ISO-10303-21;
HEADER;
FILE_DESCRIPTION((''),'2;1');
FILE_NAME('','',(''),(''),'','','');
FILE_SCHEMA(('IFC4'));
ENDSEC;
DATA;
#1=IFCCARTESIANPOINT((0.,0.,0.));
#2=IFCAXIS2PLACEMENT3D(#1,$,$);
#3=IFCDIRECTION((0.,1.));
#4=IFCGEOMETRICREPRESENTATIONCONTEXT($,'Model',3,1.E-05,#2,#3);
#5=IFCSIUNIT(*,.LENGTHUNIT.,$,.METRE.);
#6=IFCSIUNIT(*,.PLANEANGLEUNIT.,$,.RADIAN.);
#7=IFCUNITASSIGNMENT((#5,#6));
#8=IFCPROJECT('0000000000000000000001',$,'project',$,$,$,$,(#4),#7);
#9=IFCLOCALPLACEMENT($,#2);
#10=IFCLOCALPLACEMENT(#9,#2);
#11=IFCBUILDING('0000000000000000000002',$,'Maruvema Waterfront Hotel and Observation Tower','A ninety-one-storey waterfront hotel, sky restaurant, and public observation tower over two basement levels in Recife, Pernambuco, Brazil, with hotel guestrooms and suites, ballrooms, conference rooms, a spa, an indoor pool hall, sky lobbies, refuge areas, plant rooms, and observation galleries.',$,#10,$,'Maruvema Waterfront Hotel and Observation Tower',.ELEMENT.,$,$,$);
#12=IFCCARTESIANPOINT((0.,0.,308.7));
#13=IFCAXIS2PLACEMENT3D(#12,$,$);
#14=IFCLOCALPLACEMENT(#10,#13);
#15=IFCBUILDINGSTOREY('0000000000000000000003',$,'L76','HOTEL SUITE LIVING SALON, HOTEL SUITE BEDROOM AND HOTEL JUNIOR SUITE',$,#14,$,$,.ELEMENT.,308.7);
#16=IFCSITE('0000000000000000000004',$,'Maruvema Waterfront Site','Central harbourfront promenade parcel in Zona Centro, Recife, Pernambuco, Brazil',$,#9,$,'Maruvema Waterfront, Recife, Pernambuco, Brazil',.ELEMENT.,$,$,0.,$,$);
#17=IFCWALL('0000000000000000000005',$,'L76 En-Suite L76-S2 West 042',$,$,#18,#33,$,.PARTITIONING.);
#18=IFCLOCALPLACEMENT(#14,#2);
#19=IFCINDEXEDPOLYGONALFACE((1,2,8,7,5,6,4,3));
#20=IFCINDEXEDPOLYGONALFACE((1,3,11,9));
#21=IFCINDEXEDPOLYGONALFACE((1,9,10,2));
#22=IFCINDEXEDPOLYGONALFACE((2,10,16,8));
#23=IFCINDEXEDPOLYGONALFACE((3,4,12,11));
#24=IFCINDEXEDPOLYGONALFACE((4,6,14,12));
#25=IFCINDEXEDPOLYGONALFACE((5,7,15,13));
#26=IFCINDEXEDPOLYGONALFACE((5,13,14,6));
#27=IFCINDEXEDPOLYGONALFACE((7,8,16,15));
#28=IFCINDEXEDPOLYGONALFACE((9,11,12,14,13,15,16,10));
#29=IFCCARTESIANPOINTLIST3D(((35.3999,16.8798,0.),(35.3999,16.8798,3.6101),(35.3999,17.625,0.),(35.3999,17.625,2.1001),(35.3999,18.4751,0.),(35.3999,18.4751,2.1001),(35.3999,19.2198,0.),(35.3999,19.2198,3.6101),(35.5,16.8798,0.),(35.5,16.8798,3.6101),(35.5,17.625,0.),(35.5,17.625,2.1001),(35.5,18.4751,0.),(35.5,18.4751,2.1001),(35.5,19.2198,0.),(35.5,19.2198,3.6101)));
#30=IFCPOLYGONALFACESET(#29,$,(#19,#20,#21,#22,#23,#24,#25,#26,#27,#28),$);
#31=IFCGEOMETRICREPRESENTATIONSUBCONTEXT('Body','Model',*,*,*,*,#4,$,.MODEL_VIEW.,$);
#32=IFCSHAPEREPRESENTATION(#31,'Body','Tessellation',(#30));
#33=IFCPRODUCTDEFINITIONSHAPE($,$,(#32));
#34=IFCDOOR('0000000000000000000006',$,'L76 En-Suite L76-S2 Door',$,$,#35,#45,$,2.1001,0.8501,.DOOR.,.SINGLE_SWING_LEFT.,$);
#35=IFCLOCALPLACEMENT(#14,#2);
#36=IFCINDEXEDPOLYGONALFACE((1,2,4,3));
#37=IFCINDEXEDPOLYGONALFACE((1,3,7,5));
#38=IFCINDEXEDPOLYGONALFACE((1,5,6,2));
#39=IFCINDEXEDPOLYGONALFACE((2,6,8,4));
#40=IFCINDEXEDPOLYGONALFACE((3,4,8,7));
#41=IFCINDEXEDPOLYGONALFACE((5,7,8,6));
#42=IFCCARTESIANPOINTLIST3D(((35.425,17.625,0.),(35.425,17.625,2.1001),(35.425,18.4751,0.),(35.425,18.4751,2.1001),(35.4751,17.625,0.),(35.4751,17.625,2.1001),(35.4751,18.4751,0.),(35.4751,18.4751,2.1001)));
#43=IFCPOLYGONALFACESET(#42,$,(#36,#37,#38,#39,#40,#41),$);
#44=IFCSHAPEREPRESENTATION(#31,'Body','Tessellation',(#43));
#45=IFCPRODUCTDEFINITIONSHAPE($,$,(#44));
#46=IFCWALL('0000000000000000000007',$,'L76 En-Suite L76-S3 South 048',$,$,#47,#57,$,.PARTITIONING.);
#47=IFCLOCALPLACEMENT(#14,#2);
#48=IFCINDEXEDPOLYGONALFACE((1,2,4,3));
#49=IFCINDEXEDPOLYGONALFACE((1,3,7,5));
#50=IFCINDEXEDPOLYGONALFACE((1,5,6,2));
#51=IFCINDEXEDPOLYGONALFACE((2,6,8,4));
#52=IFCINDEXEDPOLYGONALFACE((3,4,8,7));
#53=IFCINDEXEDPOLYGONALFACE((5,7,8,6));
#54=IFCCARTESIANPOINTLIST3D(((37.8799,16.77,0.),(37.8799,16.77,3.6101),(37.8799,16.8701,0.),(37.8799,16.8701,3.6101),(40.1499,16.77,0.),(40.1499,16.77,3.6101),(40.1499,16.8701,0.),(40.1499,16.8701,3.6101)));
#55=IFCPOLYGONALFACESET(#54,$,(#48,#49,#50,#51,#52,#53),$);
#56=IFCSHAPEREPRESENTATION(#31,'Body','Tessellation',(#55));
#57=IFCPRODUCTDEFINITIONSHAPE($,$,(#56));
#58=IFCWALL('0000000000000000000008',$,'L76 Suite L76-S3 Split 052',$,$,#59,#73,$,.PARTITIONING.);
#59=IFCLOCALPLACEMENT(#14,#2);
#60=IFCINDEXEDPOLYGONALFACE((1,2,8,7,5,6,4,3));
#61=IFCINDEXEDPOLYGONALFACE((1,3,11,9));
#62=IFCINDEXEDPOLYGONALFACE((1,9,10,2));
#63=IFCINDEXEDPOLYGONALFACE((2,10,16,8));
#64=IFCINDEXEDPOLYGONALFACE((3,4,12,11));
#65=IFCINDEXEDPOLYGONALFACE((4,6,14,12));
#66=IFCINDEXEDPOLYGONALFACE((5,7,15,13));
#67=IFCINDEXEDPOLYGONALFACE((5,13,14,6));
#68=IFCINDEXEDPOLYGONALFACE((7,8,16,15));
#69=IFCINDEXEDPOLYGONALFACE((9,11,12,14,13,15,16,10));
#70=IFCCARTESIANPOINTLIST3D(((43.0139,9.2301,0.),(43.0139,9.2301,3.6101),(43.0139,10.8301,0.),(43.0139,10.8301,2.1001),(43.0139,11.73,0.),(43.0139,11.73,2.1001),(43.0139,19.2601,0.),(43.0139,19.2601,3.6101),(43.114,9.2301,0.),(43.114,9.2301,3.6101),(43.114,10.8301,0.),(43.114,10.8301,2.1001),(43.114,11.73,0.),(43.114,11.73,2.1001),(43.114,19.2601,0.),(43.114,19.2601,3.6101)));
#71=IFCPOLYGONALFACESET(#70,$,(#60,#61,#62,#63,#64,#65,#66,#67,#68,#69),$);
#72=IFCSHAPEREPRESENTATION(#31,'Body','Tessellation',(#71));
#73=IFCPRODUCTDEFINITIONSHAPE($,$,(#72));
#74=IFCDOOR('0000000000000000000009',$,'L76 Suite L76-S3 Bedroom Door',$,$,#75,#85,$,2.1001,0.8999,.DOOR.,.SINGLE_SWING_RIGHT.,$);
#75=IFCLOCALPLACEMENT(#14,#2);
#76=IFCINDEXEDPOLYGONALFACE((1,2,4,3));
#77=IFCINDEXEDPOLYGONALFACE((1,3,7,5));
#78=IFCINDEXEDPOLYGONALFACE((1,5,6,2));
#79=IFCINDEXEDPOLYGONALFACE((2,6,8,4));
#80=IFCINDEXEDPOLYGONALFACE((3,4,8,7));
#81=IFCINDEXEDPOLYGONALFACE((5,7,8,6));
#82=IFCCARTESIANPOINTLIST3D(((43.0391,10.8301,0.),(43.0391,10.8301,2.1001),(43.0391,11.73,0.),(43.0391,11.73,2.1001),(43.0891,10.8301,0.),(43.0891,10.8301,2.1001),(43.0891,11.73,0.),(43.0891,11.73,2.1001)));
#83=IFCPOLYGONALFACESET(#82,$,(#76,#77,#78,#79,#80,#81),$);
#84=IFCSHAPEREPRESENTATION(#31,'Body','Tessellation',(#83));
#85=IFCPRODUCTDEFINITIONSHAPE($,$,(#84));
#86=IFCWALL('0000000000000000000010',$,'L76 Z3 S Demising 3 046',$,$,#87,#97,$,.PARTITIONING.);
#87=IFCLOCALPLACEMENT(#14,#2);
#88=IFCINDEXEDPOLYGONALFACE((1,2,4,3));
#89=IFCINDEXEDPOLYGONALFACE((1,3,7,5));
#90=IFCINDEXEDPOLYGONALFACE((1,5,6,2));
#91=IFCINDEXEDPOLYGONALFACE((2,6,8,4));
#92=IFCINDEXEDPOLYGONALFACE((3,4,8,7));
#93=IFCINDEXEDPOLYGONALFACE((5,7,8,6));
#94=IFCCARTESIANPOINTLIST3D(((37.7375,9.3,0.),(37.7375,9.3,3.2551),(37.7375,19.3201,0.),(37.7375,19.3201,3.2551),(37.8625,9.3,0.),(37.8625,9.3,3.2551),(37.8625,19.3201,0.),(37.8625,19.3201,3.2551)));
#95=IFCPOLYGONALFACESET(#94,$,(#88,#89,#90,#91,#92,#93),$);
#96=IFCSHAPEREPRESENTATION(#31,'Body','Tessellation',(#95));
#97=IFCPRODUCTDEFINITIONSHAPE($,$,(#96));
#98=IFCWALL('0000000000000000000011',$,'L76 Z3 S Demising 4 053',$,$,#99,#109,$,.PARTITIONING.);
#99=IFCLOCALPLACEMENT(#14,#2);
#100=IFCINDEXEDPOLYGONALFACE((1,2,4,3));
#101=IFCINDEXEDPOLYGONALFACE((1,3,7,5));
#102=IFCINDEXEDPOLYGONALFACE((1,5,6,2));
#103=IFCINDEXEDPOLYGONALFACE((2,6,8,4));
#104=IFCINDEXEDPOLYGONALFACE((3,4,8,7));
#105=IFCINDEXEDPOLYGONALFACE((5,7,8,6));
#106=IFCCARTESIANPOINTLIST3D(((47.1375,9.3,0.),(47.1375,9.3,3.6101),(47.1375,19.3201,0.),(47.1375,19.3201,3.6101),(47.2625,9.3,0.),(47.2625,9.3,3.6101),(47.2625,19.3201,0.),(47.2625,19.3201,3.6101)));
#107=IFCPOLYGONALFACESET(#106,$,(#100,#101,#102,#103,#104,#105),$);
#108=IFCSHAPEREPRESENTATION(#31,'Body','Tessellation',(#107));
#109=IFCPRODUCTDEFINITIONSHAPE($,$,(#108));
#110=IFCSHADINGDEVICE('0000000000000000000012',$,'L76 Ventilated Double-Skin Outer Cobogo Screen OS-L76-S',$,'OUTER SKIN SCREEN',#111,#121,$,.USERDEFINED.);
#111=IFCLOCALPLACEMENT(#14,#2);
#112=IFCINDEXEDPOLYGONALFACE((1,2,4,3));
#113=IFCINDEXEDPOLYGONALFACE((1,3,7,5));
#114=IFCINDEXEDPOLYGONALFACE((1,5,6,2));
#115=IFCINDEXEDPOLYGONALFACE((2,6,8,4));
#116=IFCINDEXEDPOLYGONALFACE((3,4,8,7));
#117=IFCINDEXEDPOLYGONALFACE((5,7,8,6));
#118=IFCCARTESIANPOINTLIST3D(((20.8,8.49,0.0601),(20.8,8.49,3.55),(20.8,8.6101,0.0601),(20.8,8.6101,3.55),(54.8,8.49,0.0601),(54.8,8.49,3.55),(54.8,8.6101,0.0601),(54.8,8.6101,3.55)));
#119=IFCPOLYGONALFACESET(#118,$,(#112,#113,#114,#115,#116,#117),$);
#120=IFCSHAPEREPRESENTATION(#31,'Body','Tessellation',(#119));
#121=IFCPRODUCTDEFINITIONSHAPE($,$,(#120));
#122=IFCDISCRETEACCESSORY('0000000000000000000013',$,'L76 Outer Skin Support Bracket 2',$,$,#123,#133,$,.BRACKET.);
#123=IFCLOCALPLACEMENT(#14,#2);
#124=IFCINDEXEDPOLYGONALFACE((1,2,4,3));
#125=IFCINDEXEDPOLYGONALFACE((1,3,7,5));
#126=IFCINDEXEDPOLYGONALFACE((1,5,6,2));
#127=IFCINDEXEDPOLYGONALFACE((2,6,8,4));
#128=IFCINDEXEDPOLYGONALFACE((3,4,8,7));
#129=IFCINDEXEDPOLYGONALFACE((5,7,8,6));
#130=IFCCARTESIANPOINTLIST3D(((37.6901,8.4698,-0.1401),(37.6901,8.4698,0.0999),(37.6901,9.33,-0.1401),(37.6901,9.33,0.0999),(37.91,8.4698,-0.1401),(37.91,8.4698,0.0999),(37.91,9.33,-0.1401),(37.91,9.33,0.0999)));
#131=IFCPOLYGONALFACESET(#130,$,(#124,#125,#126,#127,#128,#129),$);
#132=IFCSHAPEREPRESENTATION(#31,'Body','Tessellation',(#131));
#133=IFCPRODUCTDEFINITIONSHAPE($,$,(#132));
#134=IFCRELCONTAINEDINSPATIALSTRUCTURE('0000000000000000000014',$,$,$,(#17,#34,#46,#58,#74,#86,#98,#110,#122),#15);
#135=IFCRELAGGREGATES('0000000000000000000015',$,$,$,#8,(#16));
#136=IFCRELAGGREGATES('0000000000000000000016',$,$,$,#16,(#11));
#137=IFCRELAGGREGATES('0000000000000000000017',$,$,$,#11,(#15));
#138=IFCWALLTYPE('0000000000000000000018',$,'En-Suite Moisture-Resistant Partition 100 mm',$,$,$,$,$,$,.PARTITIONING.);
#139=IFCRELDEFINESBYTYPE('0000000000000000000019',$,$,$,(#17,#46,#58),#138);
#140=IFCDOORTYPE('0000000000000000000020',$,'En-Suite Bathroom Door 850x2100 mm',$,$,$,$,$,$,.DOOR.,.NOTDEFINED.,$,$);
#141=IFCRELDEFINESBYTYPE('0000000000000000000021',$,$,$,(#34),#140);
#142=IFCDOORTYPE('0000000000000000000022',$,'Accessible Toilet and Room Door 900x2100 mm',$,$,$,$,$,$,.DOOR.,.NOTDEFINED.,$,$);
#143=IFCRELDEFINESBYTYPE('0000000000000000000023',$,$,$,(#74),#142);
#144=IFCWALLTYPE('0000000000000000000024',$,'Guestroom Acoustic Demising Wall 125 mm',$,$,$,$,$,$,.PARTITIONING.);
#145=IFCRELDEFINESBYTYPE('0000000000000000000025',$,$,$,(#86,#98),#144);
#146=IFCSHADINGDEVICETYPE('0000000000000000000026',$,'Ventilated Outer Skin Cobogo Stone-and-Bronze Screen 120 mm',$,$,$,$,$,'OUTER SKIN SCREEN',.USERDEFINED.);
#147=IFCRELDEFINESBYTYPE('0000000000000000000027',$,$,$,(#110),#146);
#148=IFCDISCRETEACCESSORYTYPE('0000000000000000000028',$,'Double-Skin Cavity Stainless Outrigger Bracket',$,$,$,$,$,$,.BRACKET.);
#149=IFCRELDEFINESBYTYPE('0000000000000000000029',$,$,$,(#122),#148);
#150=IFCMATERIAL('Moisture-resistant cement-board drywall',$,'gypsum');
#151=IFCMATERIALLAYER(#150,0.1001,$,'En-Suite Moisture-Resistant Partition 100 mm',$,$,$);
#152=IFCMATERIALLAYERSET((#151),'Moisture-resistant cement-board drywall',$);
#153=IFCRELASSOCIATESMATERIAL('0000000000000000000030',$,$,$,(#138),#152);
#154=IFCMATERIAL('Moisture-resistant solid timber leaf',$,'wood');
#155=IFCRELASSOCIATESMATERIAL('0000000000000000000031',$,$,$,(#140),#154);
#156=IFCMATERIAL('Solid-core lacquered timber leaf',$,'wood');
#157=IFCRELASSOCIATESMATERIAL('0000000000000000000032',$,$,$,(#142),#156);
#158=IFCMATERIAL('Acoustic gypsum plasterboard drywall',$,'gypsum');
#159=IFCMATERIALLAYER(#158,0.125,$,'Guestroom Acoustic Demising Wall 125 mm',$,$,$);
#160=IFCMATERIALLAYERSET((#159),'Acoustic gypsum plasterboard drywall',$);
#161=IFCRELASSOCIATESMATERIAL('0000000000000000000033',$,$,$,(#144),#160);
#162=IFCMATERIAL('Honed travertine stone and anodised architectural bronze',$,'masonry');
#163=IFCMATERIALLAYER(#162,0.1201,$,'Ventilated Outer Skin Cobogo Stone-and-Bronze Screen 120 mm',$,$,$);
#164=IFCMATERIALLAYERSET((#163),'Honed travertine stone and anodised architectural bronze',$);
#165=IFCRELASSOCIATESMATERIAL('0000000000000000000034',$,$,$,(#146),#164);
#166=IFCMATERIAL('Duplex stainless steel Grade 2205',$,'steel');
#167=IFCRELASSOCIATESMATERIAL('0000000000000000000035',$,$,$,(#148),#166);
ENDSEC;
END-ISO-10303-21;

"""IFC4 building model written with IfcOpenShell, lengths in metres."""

from ifc_helpers import new_model, si_unit, direction, frame, frame_2d, origin, origin_2d, place, context, subcontext, project, spatial, rectangle, extrude, material, layer, layer_set, type_object, element, fill, save


model = new_model("IFC4")

# Units and contexts
model_context = context("Model", 3, precision=1e-05, world=origin(), true_north=direction((0.0, 1.0)))
body_context = subcontext(model_context, "Body", "Model", "MODEL_VIEW")
ifc_project = project(units=[si_unit("LENGTHUNIT", "METRE"), si_unit("PLANEANGLEUNIT", "RADIAN")], contexts=[model_context])

# Site, building, storey
site_placement = place(None, origin())
site = spatial("IfcSite", under=ifc_project, at=site_placement, Name="Maruvema Waterfront Site", Description="Central harbourfront promenade parcel in Zona Centro, Recife, Pernambuco, Brazil", LongName="Maruvema Waterfront, Recife, Pernambuco, Brazil", CompositionType="ELEMENT", RefElevation=0.0)
building_placement = place(site_placement, origin())
building = spatial("IfcBuilding", under=site, at=building_placement, Name="Maruvema Waterfront Hotel and Observation Tower", Description="A ninety-one-storey waterfront hotel, sky restaurant, and public observation tower over two basement levels in Recife, Pernambuco, Brazil, with hotel guestrooms and suites, ballrooms, conference rooms, a spa, an indoor pool hall, sky lobbies, refuge areas, plant rooms, and observation galleries.", LongName="Maruvema Waterfront Hotel and Observation Tower", CompositionType="ELEMENT")
storey_placement = place(building_placement, frame((0.0, 0.0, 308.7)))
storey = spatial("IfcBuildingStorey", under=building, at=storey_placement, Name="L76", Description="HOTEL SUITE LIVING SALON, HOTEL SUITE BEDROOM AND HOTEL JUNIOR SUITE", CompositionType="ELEMENT", Elevation=308.7)

# Shared definitions
ifc_material_1 = material(Name="Moisture-resistant cement-board drywall", Category="gypsum")
ifc_layer_1 = layer(ifc_material_1, 0.1001, Name="En-Suite Moisture-Resistant Partition 100 mm")
ifc_layer_set_1 = layer_set([ifc_layer_1], Name="Moisture-resistant cement-board drywall")
wall_type_1 = type_object("IfcWallType", Name="En-Suite Moisture-Resistant Partition 100 mm", PredefinedType="PARTITIONING", material=ifc_layer_set_1)

# Wall, opening, door
wall_1_placement = place(storey_placement, frame((35.45, 16.8799, 0.0), z_axis=(0.0, 0.0, 1.0), x_axis=(0.0, 1.0, 0.0)))
wall_1 = element("IfcWall", 1, at=wall_1_placement, inside=storey, type_object=wall_type_1, Name="L76 En-Suite L76-S2 West 042", PredefinedType="PARTITIONING", context=body_context, shape_type="SweptSolid", body=[
    extrude(rectangle(XDim=2.3401, YDim=0.1001, at=frame_2d((1.1699, 0.0))), origin(), (0.0, 0.0, 1.0), 3.6101),
])
opening_1_placement = place(wall_1_placement, frame((0.7451, 0.0, 0.0)))
opening_1 = element("IfcOpeningElement", 2, at=opening_1_placement, cuts=wall_1, PredefinedType="OPENING", context=body_context, shape_type="SweptSolid", body=[
    extrude(rectangle(XDim=0.8501, YDim=2.1001, at=frame_2d((0.425, 1.05))), frame((0.0, 0.0601, 0.0), z_axis=(0.0, -1.0, 0.0), x_axis=(1.0, 0.0, 0.0)), (0.0, 0.0, 1.0), 0.1201),
])
ifc_material_2 = material(Name="Moisture-resistant solid timber leaf", Category="wood")
door_type_1 = type_object("IfcDoorType", Name="En-Suite Bathroom Door 850x2100 mm", OperationType="NOTDEFINED", PredefinedType="DOOR", material=ifc_material_2)
door_1_placement = place(opening_1_placement, origin())
door_1 = element("IfcDoor", 3, at=door_1_placement, inside=storey, type_object=door_type_1, Name="L76 En-Suite L76-S2 Door", OperationType="SINGLE_SWING_LEFT", OverallHeight=2.1001, OverallWidth=0.8501, PredefinedType="DOOR", context=body_context, shape_type="SweptSolid", body=[
    extrude(rectangle(XDim=0.8501, YDim=2.1001, at=frame_2d((0.425, 1.05))), frame((0.0, 0.0249, 0.0), z_axis=(0.0, -1.0, 0.0), x_axis=(1.0, 0.0, 0.0)), (0.0, 0.0, 1.0), 0.05),
])
fill(opening_1, door_1)

# Wall
wall_2_placement = place(storey_placement, frame((37.8799, 16.8201, 0.0), z_axis=(0.0, 0.0, 1.0), x_axis=(1.0, 0.0, 0.0)))
element("IfcWall", 4, at=wall_2_placement, inside=storey, type_object=wall_type_1, Name="L76 En-Suite L76-S3 South 048", PredefinedType="PARTITIONING", context=body_context, shape_type="SweptSolid", body=[
    extrude(rectangle(XDim=2.27, YDim=0.1001, at=frame_2d((1.135, 0.0))), origin(), (0.0, 0.0, 1.0), 3.6101),
])

# Wall, opening, door
wall_3_placement = place(storey_placement, frame((43.064, 9.23, 0.0), z_axis=(0.0, 0.0, 1.0), x_axis=(0.0, 1.0, 0.0)))
wall_3 = element("IfcWall", 5, at=wall_3_placement, inside=storey, type_object=wall_type_1, Name="L76 Suite L76-S3 Split 052", PredefinedType="PARTITIONING", context=body_context, shape_type="SweptSolid", body=[
    extrude(rectangle(XDim=10.03, YDim=0.1001, at=frame_2d((5.0151, 0.0))), origin(), (0.0, 0.0, 1.0), 3.6101),
])
opening_2_placement = place(wall_3_placement, frame((1.6001, 0.0, 0.0)))
opening_2 = element("IfcOpeningElement", 6, at=opening_2_placement, cuts=wall_3, PredefinedType="OPENING", context=body_context, shape_type="SweptSolid", body=[
    extrude(rectangle(XDim=0.8999, YDim=2.1001, at=frame_2d((0.45, 1.05))), frame((0.0, 0.0601, 0.0), z_axis=(0.0, -1.0, 0.0), x_axis=(1.0, 0.0, 0.0)), (0.0, 0.0, 1.0), 0.1201),
])
ifc_material_3 = material(Name="Solid-core lacquered timber leaf", Category="wood")
door_type_2 = type_object("IfcDoorType", Name="Accessible Toilet and Room Door 900x2100 mm", OperationType="NOTDEFINED", PredefinedType="DOOR", material=ifc_material_3)
door_2_placement = place(opening_2_placement, origin())
door_2 = element("IfcDoor", 7, at=door_2_placement, inside=storey, type_object=door_type_2, Name="L76 Suite L76-S3 Bedroom Door", OperationType="SINGLE_SWING_RIGHT", OverallHeight=2.1001, OverallWidth=0.8999, PredefinedType="DOOR", context=body_context, shape_type="SweptSolid", body=[
    extrude(rectangle(XDim=0.8999, YDim=2.1001, at=frame_2d((0.45, 1.05))), frame((0.0, 0.0249, 0.0), z_axis=(0.0, -1.0, 0.0), x_axis=(1.0, 0.0, 0.0)), (0.0, 0.0, 1.0), 0.05),
])
fill(opening_2, door_2)

# Walls
ifc_material_4 = material(Name="Acoustic gypsum plasterboard drywall", Category="gypsum")
ifc_layer_2 = layer(ifc_material_4, 0.125, Name="Guestroom Acoustic Demising Wall 125 mm")
ifc_layer_set_2 = layer_set([ifc_layer_2], Name="Acoustic gypsum plasterboard drywall")
wall_type_2 = type_object("IfcWallType", Name="Guestroom Acoustic Demising Wall 125 mm", PredefinedType="PARTITIONING", material=ifc_layer_set_2)
wall_4_placement = place(storey_placement, frame((37.8, 9.3, 0.0), z_axis=(0.0, 0.0, 1.0), x_axis=(0.0, 1.0, 0.0)))
element("IfcWall", 8, at=wall_4_placement, inside=storey, type_object=wall_type_2, Name="L76 Z3 S Demising 3 046", PredefinedType="PARTITIONING", context=body_context, shape_type="SweptSolid", body=[
    extrude(rectangle(XDim=10.02, YDim=0.125, at=frame_2d((5.01, 0.0))), origin(), (0.0, 0.0, 1.0), 3.2551),
])
wall_5_placement = place(storey_placement, frame((47.2, 9.3, 0.0), z_axis=(0.0, 0.0, 1.0), x_axis=(0.0, 1.0, 0.0)))
element("IfcWall", 9, at=wall_5_placement, inside=storey, type_object=wall_type_2, Name="L76 Z3 S Demising 4 053", PredefinedType="PARTITIONING", context=body_context, shape_type="SweptSolid", body=[
    extrude(rectangle(XDim=10.02, YDim=0.125, at=frame_2d((5.01, 0.0))), origin(), (0.0, 0.0, 1.0), 3.6101),
])

# Shading device
ifc_material_5 = material(Name="Honed travertine stone and anodised architectural bronze", Category="masonry")
ifc_layer_3 = layer(ifc_material_5, 0.1201, Name="Ventilated Outer Skin Cobogo Stone-and-Bronze Screen 120 mm")
ifc_layer_set_3 = layer_set([ifc_layer_3], Name="Honed travertine stone and anodised architectural bronze")
shading_device_type = type_object("IfcShadingDeviceType", Name="Ventilated Outer Skin Cobogo Stone-and-Bronze Screen 120 mm", ElementType="OUTER SKIN SCREEN", PredefinedType="USERDEFINED", material=ifc_layer_set_3)
shading_device_placement = place(storey_placement, frame((37.8, 8.55, 0.0601), z_axis=(0.0, 0.0, 1.0), x_axis=(1.0, 0.0, 0.0)))
element("IfcShadingDevice", 10, at=shading_device_placement, inside=storey, type_object=shading_device_type, Name="L76 Ventilated Double-Skin Outer Cobogo Screen OS-L76-S", ObjectType="OUTER SKIN SCREEN", PredefinedType="USERDEFINED", context=body_context, shape_type="SweptSolid", body=[
    extrude(rectangle(XDim=34.0, YDim=0.1201, at=origin_2d()), origin(), (0.0, 0.0, 1.0), 3.49),
])

# Discrete accessory
ifc_material_6 = material(Name="Duplex stainless steel Grade 2205", Category="steel")
discrete_accessory_type = type_object("IfcDiscreteAccessoryType", Name="Double-Skin Cavity Stainless Outrigger Bracket", PredefinedType="BRACKET", material=ifc_material_6)
discrete_accessory_placement = place(storey_placement, frame((37.8, 8.8999, -0.1401), z_axis=(0.0, 0.0, 1.0), x_axis=(1.0, 0.0, 0.0)))
element("IfcDiscreteAccessory", 11, at=discrete_accessory_placement, inside=storey, type_object=discrete_accessory_type, Name="L76 Outer Skin Support Bracket 2", PredefinedType="BRACKET", context=body_context, shape_type="SweptSolid", body=[
    extrude(rectangle(XDim=0.22, YDim=0.8601, at=origin_2d()), origin(), (0.0, 0.0, 1.0), 0.24),
])

save(model, "model.ifc")
